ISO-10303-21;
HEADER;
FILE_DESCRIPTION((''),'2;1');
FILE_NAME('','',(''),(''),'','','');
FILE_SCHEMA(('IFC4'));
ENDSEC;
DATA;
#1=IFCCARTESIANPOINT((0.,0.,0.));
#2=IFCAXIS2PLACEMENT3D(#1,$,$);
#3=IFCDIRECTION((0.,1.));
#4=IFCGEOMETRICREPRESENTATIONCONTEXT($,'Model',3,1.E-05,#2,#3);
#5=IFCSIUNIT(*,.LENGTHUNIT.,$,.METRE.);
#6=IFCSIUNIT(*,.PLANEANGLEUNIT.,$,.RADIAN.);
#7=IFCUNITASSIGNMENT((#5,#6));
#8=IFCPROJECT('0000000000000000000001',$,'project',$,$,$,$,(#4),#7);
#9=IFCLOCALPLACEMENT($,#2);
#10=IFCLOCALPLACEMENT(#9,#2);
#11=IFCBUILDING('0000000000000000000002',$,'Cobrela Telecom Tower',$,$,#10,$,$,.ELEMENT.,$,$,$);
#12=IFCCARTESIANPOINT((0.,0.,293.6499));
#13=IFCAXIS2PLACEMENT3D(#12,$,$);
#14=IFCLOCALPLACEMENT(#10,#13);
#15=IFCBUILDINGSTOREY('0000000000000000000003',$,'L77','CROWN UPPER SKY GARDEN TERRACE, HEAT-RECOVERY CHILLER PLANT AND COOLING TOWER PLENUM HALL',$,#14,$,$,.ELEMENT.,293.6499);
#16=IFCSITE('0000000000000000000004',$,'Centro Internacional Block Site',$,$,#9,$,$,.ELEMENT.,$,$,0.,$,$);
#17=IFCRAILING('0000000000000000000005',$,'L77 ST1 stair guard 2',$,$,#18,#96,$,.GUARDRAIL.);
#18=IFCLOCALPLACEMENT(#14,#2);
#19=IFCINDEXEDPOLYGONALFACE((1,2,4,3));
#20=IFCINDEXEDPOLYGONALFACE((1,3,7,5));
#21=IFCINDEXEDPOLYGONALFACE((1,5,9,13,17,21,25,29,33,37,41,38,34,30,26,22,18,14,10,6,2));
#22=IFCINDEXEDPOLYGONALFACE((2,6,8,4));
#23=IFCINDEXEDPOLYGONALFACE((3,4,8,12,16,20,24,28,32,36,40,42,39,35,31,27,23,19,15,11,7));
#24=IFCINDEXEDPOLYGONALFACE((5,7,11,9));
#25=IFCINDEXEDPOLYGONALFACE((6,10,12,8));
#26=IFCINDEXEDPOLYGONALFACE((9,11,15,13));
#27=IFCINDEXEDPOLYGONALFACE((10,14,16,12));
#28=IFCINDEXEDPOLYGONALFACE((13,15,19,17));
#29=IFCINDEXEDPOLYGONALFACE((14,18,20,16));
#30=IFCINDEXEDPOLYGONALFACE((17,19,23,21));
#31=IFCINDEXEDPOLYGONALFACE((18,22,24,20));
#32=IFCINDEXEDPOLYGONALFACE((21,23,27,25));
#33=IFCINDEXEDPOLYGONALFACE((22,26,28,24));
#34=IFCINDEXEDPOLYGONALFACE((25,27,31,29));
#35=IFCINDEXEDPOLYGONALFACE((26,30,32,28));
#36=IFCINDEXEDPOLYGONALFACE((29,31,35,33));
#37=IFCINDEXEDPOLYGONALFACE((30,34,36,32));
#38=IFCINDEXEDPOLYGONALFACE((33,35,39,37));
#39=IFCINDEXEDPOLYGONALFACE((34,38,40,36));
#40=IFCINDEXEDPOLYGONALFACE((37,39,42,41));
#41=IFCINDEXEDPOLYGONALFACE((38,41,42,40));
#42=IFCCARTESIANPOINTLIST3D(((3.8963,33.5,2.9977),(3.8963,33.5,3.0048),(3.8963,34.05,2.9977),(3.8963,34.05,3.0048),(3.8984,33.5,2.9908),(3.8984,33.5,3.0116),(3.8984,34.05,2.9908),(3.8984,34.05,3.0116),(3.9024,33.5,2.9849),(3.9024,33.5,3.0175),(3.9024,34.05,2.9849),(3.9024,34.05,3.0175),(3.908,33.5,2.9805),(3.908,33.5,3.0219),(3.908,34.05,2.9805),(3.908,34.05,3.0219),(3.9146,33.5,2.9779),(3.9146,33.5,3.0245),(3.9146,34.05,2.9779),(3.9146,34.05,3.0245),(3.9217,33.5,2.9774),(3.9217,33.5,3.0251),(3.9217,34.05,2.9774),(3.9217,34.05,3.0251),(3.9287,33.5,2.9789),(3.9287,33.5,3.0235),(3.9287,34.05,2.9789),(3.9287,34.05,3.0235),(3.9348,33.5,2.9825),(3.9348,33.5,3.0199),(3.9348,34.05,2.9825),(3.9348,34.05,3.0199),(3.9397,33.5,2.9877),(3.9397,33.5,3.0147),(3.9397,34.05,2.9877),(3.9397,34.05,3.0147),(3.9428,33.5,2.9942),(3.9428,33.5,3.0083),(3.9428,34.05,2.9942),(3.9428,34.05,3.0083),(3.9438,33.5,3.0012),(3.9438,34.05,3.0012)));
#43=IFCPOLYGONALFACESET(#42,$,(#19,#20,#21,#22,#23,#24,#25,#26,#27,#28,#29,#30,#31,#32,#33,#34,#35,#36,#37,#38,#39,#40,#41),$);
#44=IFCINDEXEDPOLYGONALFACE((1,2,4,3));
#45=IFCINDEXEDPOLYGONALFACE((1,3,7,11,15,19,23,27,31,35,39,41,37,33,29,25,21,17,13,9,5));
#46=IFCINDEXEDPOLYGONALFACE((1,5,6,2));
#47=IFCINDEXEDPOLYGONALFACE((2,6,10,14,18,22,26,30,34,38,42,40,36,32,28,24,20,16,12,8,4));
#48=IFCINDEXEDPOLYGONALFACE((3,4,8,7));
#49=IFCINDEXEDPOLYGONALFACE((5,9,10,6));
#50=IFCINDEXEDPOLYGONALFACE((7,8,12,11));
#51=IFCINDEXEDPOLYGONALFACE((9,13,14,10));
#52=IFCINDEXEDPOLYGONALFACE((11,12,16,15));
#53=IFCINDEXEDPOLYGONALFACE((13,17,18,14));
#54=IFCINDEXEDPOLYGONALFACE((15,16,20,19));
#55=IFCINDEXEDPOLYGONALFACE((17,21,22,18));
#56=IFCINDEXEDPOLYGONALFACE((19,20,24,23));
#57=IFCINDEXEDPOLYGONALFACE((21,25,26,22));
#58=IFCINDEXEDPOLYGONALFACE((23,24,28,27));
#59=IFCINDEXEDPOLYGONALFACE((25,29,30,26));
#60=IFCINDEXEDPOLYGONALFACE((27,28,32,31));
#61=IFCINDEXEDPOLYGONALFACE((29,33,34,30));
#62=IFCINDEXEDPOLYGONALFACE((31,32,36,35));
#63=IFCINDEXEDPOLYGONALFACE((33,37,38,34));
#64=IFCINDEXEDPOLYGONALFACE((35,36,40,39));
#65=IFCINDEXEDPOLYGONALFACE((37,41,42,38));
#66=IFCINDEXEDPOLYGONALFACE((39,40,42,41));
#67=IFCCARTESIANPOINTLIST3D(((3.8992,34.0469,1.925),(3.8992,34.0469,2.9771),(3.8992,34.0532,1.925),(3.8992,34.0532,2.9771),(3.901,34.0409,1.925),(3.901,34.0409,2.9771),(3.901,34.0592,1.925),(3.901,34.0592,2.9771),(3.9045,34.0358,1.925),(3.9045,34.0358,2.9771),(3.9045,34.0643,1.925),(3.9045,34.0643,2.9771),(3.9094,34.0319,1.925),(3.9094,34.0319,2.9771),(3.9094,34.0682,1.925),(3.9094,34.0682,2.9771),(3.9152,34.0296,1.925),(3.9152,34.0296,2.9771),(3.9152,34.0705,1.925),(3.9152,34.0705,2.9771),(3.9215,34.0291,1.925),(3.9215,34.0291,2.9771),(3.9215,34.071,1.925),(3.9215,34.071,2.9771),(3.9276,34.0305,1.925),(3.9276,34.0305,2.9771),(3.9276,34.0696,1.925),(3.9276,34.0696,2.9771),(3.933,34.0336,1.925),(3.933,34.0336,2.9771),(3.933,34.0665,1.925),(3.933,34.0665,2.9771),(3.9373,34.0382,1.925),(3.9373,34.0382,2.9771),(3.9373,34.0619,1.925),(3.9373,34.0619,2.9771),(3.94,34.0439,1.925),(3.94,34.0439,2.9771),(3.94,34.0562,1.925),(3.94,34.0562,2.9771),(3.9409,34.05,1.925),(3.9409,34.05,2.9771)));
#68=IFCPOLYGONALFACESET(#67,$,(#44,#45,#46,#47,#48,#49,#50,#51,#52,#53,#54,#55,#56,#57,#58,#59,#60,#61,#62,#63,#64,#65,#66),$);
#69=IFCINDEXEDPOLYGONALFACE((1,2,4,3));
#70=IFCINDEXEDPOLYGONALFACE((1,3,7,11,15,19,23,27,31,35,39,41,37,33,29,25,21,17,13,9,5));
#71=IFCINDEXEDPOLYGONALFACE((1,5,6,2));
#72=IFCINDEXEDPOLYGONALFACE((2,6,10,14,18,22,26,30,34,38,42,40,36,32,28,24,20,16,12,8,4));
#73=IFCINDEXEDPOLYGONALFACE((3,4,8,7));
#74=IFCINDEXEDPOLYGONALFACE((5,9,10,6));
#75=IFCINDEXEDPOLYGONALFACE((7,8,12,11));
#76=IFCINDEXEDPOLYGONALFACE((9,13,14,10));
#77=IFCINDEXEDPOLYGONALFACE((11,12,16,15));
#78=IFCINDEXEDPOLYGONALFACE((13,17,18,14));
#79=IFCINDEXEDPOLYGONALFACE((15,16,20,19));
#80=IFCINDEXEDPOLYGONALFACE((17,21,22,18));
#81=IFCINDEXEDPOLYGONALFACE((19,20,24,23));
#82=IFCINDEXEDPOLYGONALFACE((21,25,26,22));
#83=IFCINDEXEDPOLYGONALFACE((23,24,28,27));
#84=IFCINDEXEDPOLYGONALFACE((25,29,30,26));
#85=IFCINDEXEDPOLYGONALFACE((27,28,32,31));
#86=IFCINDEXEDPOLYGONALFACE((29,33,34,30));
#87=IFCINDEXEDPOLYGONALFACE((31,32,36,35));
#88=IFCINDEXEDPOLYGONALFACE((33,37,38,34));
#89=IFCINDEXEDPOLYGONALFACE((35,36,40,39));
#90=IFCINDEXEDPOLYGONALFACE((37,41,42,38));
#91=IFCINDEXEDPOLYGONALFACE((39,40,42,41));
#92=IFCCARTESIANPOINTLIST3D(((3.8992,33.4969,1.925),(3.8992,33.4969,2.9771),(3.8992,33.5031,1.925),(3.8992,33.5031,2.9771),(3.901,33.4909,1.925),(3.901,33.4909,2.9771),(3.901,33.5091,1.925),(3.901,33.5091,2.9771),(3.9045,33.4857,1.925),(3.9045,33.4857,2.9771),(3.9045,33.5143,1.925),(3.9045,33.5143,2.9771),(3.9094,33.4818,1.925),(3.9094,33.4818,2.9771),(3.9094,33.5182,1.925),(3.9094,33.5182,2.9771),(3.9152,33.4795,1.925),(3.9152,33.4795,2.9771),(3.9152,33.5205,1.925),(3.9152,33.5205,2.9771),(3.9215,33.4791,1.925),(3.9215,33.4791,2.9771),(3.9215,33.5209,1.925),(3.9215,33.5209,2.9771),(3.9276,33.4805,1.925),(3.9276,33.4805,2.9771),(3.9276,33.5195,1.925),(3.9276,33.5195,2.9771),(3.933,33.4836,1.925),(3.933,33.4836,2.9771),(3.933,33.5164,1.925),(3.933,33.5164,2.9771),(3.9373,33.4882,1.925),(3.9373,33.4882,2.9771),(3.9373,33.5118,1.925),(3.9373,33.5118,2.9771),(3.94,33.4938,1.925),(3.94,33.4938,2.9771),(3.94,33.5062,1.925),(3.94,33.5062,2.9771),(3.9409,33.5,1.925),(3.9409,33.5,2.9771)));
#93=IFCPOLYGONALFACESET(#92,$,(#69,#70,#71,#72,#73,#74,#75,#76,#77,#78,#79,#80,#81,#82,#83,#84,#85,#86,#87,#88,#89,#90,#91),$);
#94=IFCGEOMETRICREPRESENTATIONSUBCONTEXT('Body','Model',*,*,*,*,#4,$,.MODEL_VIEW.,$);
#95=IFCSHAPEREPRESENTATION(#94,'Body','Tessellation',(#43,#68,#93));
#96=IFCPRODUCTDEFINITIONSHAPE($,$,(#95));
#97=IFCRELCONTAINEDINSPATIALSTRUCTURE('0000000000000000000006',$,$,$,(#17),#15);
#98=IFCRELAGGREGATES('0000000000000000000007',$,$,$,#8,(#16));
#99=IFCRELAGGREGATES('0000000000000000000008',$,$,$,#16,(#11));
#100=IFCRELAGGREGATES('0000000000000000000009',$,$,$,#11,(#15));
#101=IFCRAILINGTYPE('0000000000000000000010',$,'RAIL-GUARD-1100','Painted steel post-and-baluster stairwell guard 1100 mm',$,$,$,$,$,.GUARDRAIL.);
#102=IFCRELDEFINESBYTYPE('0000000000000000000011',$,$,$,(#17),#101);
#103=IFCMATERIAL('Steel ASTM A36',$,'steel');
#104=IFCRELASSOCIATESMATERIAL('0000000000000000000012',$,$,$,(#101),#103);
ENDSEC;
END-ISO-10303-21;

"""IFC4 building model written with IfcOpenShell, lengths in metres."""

from ifc_helpers import new_model, si_unit, direction, frame, origin, origin_2d, place, context, subcontext, project, spatial, circle, extrude, material, type_object, element, save


model = new_model("IFC4")

# Units and contexts
model_context = context("Model", 3, precision=1e-05, world=origin(), true_north=direction((0.0, 1.0)))
body_context = subcontext(model_context, "Body", "Model", "MODEL_VIEW")
ifc_project = project(units=[si_unit("LENGTHUNIT", "METRE"), si_unit("PLANEANGLEUNIT", "RADIAN")], contexts=[model_context])

# Site, building, storey
site_placement = place(None, origin())
site = spatial("IfcSite", under=ifc_project, at=site_placement, Name="Centro Internacional Block Site", CompositionType="ELEMENT", RefElevation=0.0)
building_placement = place(site_placement, origin())
building = spatial("IfcBuilding", under=site, at=building_placement, Name="Cobrela Telecom Tower", CompositionType="ELEMENT")
storey_placement = place(building_placement, frame((0.0, 0.0, 293.6499)))
storey = spatial("IfcBuildingStorey", under=building, at=storey_placement, Name="L77", Description="CROWN UPPER SKY GARDEN TERRACE, HEAT-RECOVERY CHILLER PLANT AND COOLING TOWER PLENUM HALL", CompositionType="ELEMENT", Elevation=293.6499)

# Shared definitions
ifc_material_1 = material(Name="Steel ASTM A36", Category="steel")

# Railing
railing_type_1 = type_object("IfcRailingType", Name="RAIL-GUARD-1100", Description="Painted steel post-and-baluster stairwell guard 1100 mm", PredefinedType="GUARDRAIL", material=ifc_material_1)
railing_1_placement = place(storey_placement, frame((3.9199, 34.05, 1.925)))
element("IfcRailing", 1, at=railing_1_placement, inside=storey, type_object=railing_type_1, Name="L77 ST1 stair guard 2", PredefinedType="GUARDRAIL", context=body_context, shape_type="SweptSolid", body=[
    extrude(circle(Radius=0.0239, at=origin_2d()), frame((0.0, 0.0, 1.0762), z_axis=(0.0, -1.0, 0.0), x_axis=(1.0, 0.0, 0.0)), (0.0, 0.0, 1.0), 0.55),
    extrude(circle(Radius=0.021, at=origin_2d()), origin(), (0.0, 0.0, 1.0), 1.052),
    extrude(circle(Radius=0.021, at=origin_2d()), frame((0.0, -0.55, 0.0)), (0.0, 0.0, 1.0), 1.052),
])

save(model, "model.ifc")
